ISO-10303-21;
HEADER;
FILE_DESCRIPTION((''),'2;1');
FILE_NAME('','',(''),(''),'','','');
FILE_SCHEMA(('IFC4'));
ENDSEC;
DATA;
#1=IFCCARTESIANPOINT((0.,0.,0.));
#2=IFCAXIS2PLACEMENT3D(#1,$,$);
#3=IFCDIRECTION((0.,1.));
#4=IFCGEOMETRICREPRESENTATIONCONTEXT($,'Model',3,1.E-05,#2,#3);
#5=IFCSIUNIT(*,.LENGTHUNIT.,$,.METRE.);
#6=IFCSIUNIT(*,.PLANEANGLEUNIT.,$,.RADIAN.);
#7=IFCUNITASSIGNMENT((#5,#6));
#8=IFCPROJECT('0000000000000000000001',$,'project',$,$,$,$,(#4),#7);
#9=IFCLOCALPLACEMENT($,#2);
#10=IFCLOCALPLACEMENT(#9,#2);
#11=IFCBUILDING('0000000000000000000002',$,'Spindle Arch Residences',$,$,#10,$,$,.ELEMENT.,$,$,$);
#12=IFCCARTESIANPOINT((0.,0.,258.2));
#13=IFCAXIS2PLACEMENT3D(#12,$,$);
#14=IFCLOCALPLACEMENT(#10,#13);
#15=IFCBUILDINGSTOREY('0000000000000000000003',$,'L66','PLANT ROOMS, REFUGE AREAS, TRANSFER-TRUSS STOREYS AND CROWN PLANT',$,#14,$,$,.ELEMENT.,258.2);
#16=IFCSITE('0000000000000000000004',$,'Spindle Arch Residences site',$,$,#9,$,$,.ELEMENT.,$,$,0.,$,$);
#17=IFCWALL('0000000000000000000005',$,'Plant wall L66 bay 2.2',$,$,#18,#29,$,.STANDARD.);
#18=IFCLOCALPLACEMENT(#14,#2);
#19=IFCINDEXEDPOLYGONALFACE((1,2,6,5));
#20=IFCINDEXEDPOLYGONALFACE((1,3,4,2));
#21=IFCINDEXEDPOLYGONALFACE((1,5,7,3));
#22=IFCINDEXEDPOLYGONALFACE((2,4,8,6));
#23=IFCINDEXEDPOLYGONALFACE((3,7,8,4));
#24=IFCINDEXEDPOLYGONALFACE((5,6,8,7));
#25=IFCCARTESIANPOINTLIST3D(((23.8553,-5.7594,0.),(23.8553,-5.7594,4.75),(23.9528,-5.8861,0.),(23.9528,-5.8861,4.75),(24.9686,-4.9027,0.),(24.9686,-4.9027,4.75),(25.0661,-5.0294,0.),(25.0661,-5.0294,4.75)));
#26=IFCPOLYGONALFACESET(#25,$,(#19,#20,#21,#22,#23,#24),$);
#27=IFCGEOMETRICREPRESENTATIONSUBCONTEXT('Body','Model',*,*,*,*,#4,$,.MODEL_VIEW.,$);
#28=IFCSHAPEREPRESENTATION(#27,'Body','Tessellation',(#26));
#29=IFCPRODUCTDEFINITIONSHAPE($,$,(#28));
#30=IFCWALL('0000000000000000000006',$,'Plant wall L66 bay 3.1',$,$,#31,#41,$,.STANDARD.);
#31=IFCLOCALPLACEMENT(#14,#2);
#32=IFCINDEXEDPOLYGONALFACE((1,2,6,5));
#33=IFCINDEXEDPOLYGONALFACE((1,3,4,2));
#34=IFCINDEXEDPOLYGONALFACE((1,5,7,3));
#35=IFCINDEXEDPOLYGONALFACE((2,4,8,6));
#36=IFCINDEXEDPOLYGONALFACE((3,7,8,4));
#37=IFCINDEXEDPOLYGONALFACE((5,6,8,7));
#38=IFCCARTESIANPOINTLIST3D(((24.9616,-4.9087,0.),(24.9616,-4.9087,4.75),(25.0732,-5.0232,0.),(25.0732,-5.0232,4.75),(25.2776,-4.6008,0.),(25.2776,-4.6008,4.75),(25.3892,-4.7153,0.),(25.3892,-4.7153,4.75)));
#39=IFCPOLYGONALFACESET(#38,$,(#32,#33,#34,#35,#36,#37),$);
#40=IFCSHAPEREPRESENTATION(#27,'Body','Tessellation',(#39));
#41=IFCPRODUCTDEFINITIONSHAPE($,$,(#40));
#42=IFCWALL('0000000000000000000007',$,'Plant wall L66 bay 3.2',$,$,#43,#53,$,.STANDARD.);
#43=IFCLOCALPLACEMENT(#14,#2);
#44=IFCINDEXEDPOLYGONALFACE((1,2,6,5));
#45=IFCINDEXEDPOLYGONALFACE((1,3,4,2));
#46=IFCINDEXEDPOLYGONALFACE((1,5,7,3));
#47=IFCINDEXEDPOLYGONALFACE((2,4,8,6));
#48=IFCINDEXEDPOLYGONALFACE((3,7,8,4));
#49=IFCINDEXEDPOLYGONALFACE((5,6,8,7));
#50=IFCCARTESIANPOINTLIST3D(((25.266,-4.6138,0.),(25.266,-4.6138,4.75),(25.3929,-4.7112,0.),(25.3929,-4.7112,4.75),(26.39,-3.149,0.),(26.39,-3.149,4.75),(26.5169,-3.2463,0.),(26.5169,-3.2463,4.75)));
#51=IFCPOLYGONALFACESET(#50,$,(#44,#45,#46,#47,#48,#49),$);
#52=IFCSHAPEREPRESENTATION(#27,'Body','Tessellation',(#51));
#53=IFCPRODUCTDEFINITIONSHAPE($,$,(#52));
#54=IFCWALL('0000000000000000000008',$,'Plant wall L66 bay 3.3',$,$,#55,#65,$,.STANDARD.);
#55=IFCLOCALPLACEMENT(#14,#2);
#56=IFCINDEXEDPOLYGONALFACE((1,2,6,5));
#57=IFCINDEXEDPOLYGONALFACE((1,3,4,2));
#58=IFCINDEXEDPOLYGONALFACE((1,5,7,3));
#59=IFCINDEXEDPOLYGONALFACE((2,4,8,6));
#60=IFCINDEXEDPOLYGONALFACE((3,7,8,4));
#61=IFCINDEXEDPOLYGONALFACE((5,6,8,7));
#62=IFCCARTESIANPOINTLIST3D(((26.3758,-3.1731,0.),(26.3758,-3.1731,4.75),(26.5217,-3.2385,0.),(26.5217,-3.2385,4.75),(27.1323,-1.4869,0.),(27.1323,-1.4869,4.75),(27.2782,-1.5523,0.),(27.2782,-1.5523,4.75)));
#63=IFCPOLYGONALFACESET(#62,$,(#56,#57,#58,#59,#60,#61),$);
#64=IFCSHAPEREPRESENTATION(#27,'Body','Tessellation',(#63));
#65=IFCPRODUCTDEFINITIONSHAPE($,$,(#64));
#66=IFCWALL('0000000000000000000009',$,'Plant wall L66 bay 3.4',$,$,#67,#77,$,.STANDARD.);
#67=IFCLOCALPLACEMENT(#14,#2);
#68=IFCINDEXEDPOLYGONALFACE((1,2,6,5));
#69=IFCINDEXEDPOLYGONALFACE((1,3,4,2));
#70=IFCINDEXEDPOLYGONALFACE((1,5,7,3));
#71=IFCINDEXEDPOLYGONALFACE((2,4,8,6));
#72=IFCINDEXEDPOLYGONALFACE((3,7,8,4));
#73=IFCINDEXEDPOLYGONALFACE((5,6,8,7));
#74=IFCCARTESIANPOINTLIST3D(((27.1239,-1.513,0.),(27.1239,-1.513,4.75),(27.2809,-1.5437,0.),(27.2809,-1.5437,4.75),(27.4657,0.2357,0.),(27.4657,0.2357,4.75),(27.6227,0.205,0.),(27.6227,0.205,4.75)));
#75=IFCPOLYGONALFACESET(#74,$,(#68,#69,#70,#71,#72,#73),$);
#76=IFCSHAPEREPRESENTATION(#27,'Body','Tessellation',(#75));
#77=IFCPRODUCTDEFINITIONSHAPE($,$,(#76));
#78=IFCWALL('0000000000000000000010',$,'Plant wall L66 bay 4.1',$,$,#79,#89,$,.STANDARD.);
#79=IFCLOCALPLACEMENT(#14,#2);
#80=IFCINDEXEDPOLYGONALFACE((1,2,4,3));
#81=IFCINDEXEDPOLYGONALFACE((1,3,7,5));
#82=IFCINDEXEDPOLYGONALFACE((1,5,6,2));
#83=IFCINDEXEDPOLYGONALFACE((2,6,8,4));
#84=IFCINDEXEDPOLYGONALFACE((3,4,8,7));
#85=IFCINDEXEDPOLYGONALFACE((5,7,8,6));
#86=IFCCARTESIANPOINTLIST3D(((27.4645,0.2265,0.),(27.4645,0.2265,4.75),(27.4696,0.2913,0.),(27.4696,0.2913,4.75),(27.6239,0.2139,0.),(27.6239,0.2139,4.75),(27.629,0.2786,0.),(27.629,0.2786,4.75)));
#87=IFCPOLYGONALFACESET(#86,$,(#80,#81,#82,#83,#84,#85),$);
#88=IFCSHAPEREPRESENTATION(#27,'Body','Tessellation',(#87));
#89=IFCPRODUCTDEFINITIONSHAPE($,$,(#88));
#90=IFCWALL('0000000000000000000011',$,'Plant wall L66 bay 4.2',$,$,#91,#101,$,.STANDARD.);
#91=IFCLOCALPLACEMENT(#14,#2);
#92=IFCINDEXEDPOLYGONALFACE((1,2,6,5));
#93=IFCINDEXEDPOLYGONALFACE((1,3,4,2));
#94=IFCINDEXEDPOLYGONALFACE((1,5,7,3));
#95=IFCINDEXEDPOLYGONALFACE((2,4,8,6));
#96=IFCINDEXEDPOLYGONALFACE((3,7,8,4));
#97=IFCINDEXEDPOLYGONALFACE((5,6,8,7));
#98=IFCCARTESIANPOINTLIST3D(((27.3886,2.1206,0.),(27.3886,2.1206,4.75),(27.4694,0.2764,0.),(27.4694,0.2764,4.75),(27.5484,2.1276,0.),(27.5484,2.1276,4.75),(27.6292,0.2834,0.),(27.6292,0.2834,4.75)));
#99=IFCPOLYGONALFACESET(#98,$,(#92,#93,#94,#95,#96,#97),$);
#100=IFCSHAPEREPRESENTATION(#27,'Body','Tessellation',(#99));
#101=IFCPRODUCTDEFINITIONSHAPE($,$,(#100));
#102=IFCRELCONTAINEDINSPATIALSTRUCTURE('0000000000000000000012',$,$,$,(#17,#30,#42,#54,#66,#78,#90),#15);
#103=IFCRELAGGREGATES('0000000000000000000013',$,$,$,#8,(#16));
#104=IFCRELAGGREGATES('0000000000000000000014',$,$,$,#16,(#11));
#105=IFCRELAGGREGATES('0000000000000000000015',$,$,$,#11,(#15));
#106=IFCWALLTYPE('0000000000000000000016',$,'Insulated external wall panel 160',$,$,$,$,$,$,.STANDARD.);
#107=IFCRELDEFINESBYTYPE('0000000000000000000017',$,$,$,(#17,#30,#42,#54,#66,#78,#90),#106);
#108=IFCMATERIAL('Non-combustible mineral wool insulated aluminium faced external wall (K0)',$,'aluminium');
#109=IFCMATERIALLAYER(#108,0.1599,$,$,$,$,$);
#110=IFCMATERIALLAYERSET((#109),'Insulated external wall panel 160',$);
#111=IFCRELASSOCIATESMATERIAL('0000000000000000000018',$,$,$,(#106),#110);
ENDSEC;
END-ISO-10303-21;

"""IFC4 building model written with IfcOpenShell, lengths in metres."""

from ifc_helpers import new_model, si_unit, direction, frame, frame_2d, origin, place, context, subcontext, project, spatial, rectangle, extrude, material, layer, layer_set, type_object, element, save


model = new_model("IFC4")

# Units and contexts
model_context = context("Model", 3, precision=1e-05, world=origin(), true_north=direction((0.0, 1.0)))
body_context = subcontext(model_context, "Body", "Model", "MODEL_VIEW")
ifc_project = project(units=[si_unit("LENGTHUNIT", "METRE"), si_unit("PLANEANGLEUNIT", "RADIAN")], contexts=[model_context])

# Site, building, storey
site_placement = place(None, origin())
site = spatial("IfcSite", under=ifc_project, at=site_placement, Name="Spindle Arch Residences site", CompositionType="ELEMENT", RefElevation=0.0)
building_placement = place(site_placement, origin())
building = spatial("IfcBuilding", under=site, at=building_placement, Name="Spindle Arch Residences", CompositionType="ELEMENT")
storey_placement = place(building_placement, frame((0.0, 0.0, 258.2)))
storey = spatial("IfcBuildingStorey", under=building, at=storey_placement, Name="L66", Description="PLANT ROOMS, REFUGE AREAS, TRANSFER-TRUSS STOREYS AND CROWN PLANT", CompositionType="ELEMENT", Elevation=258.2)

# Walls
ifc_material_1 = material(Name="Non-combustible mineral wool insulated aluminium faced external wall (K0)", Category="aluminium")
ifc_layer = layer(ifc_material_1, 0.1599)
ifc_layer_set = layer_set([ifc_layer], Name="Insulated external wall panel 160")
wall_type = type_object("IfcWallType", Name="Insulated external wall panel 160", PredefinedType="STANDARD", material=ifc_layer_set)
wall_1_placement = place(storey_placement, frame((23.9041, -5.8228, 0.0), z_axis=(0.0, 0.0, 1.0), x_axis=(0.792514, 0.609854, 0.0)))
element("IfcWall", 1, at=wall_1_placement, inside=storey, type_object=wall_type, Name="Plant wall L66 bay 2.2", PredefinedType="STANDARD", context=body_context, shape_type="SweptSolid", body=[
    extrude(rectangle(XDim=1.4048, YDim=0.1599, at=frame_2d((0.7024, 0.0))), origin(), (0.0, 0.0, 1.0), 4.75),
])
wall_2_placement = place(storey_placement, frame((25.0173, -4.9661, 0.0), z_axis=(0.0, 0.0, 1.0), x_axis=(0.71618, 0.697916, 0.0)))
element("IfcWall", 2, at=wall_2_placement, inside=storey, type_object=wall_type, Name="Plant wall L66 bay 3.1", PredefinedType="STANDARD", context=body_context, shape_type="SweptSolid", body=[
    extrude(rectangle(XDim=0.4412, YDim=0.1599, at=frame_2d((0.2207, 0.0))), origin(), (0.0, 0.0, 1.0), 4.75),
])
wall_3_placement = place(storey_placement, frame((25.3293, -4.6626, 0.0), z_axis=(0.0, 0.0, 1.0), x_axis=(0.608765, 0.793351, 0.0)))
element("IfcWall", 3, at=wall_3_placement, inside=storey, type_object=wall_type, Name="Plant wall L66 bay 3.2", PredefinedType="STANDARD", context=body_context, shape_type="SweptSolid", body=[
    extrude(rectangle(XDim=1.8464, YDim=0.1599, at=frame_2d((0.9233, 0.0))), origin(), (0.0, 0.0, 1.0), 4.75),
])
wall_4_placement = place(storey_placement, frame((26.4487, -3.2058, 0.0), z_axis=(0.0, 0.0, 1.0), x_axis=(0.409359, 0.912373, 0.0)))
element("IfcWall", 4, at=wall_4_placement, inside=storey, type_object=wall_type, Name="Plant wall L66 bay 3.3", PredefinedType="STANDARD", context=body_context, shape_type="SweptSolid", body=[
    extrude(rectangle(XDim=1.8481, YDim=0.1599, at=frame_2d((0.9241, 0.0))), origin(), (0.0, 0.0, 1.0), 4.75),
])
wall_5_placement = place(storey_placement, frame((27.2024, -1.5283, 0.0), z_axis=(0.0, 0.0, 1.0), x_axis=(0.191845, 0.981425, 0.0)))
element("IfcWall", 5, at=wall_5_placement, inside=storey, type_object=wall_type, Name="Plant wall L66 bay 3.4", PredefinedType="STANDARD", context=body_context, shape_type="SweptSolid", body=[
    extrude(rectangle(XDim=1.7817, YDim=0.1599, at=frame_2d((0.8909, 0.0))), origin(), (0.0, 0.0, 1.0), 4.75),
])
wall_6_placement = place(storey_placement, frame((27.5442, 0.2202, 0.0), z_axis=(0.0, 0.0, 1.0), x_axis=(0.078998, 0.996875, 0.0)))
element("IfcWall", 6, at=wall_6_placement, inside=storey, type_object=wall_type, Name="Plant wall L66 bay 4.1", PredefinedType="STANDARD", context=body_context, shape_type="SweptSolid", body=[
    extrude(rectangle(XDim=0.0649, YDim=0.1599, at=frame_2d((0.0325, 0.0))), origin(), (0.0, 0.0, 1.0), 4.75),
])
wall_7_placement = place(storey_placement, frame((27.5493, 0.28, 0.0), z_axis=(0.0, 0.0, 1.0), x_axis=(-0.043776, 0.999041, 0.0)))
element("IfcWall", 7, at=wall_7_placement, inside=storey, type_object=wall_type, Name="Plant wall L66 bay 4.2", PredefinedType="STANDARD", context=body_context, shape_type="SweptSolid", body=[
    extrude(rectangle(XDim=1.8459, YDim=0.1599, at=frame_2d((0.9229, 0.0))), origin(), (0.0, 0.0, 1.0), 4.75),
])

save(model, "model.ifc")
